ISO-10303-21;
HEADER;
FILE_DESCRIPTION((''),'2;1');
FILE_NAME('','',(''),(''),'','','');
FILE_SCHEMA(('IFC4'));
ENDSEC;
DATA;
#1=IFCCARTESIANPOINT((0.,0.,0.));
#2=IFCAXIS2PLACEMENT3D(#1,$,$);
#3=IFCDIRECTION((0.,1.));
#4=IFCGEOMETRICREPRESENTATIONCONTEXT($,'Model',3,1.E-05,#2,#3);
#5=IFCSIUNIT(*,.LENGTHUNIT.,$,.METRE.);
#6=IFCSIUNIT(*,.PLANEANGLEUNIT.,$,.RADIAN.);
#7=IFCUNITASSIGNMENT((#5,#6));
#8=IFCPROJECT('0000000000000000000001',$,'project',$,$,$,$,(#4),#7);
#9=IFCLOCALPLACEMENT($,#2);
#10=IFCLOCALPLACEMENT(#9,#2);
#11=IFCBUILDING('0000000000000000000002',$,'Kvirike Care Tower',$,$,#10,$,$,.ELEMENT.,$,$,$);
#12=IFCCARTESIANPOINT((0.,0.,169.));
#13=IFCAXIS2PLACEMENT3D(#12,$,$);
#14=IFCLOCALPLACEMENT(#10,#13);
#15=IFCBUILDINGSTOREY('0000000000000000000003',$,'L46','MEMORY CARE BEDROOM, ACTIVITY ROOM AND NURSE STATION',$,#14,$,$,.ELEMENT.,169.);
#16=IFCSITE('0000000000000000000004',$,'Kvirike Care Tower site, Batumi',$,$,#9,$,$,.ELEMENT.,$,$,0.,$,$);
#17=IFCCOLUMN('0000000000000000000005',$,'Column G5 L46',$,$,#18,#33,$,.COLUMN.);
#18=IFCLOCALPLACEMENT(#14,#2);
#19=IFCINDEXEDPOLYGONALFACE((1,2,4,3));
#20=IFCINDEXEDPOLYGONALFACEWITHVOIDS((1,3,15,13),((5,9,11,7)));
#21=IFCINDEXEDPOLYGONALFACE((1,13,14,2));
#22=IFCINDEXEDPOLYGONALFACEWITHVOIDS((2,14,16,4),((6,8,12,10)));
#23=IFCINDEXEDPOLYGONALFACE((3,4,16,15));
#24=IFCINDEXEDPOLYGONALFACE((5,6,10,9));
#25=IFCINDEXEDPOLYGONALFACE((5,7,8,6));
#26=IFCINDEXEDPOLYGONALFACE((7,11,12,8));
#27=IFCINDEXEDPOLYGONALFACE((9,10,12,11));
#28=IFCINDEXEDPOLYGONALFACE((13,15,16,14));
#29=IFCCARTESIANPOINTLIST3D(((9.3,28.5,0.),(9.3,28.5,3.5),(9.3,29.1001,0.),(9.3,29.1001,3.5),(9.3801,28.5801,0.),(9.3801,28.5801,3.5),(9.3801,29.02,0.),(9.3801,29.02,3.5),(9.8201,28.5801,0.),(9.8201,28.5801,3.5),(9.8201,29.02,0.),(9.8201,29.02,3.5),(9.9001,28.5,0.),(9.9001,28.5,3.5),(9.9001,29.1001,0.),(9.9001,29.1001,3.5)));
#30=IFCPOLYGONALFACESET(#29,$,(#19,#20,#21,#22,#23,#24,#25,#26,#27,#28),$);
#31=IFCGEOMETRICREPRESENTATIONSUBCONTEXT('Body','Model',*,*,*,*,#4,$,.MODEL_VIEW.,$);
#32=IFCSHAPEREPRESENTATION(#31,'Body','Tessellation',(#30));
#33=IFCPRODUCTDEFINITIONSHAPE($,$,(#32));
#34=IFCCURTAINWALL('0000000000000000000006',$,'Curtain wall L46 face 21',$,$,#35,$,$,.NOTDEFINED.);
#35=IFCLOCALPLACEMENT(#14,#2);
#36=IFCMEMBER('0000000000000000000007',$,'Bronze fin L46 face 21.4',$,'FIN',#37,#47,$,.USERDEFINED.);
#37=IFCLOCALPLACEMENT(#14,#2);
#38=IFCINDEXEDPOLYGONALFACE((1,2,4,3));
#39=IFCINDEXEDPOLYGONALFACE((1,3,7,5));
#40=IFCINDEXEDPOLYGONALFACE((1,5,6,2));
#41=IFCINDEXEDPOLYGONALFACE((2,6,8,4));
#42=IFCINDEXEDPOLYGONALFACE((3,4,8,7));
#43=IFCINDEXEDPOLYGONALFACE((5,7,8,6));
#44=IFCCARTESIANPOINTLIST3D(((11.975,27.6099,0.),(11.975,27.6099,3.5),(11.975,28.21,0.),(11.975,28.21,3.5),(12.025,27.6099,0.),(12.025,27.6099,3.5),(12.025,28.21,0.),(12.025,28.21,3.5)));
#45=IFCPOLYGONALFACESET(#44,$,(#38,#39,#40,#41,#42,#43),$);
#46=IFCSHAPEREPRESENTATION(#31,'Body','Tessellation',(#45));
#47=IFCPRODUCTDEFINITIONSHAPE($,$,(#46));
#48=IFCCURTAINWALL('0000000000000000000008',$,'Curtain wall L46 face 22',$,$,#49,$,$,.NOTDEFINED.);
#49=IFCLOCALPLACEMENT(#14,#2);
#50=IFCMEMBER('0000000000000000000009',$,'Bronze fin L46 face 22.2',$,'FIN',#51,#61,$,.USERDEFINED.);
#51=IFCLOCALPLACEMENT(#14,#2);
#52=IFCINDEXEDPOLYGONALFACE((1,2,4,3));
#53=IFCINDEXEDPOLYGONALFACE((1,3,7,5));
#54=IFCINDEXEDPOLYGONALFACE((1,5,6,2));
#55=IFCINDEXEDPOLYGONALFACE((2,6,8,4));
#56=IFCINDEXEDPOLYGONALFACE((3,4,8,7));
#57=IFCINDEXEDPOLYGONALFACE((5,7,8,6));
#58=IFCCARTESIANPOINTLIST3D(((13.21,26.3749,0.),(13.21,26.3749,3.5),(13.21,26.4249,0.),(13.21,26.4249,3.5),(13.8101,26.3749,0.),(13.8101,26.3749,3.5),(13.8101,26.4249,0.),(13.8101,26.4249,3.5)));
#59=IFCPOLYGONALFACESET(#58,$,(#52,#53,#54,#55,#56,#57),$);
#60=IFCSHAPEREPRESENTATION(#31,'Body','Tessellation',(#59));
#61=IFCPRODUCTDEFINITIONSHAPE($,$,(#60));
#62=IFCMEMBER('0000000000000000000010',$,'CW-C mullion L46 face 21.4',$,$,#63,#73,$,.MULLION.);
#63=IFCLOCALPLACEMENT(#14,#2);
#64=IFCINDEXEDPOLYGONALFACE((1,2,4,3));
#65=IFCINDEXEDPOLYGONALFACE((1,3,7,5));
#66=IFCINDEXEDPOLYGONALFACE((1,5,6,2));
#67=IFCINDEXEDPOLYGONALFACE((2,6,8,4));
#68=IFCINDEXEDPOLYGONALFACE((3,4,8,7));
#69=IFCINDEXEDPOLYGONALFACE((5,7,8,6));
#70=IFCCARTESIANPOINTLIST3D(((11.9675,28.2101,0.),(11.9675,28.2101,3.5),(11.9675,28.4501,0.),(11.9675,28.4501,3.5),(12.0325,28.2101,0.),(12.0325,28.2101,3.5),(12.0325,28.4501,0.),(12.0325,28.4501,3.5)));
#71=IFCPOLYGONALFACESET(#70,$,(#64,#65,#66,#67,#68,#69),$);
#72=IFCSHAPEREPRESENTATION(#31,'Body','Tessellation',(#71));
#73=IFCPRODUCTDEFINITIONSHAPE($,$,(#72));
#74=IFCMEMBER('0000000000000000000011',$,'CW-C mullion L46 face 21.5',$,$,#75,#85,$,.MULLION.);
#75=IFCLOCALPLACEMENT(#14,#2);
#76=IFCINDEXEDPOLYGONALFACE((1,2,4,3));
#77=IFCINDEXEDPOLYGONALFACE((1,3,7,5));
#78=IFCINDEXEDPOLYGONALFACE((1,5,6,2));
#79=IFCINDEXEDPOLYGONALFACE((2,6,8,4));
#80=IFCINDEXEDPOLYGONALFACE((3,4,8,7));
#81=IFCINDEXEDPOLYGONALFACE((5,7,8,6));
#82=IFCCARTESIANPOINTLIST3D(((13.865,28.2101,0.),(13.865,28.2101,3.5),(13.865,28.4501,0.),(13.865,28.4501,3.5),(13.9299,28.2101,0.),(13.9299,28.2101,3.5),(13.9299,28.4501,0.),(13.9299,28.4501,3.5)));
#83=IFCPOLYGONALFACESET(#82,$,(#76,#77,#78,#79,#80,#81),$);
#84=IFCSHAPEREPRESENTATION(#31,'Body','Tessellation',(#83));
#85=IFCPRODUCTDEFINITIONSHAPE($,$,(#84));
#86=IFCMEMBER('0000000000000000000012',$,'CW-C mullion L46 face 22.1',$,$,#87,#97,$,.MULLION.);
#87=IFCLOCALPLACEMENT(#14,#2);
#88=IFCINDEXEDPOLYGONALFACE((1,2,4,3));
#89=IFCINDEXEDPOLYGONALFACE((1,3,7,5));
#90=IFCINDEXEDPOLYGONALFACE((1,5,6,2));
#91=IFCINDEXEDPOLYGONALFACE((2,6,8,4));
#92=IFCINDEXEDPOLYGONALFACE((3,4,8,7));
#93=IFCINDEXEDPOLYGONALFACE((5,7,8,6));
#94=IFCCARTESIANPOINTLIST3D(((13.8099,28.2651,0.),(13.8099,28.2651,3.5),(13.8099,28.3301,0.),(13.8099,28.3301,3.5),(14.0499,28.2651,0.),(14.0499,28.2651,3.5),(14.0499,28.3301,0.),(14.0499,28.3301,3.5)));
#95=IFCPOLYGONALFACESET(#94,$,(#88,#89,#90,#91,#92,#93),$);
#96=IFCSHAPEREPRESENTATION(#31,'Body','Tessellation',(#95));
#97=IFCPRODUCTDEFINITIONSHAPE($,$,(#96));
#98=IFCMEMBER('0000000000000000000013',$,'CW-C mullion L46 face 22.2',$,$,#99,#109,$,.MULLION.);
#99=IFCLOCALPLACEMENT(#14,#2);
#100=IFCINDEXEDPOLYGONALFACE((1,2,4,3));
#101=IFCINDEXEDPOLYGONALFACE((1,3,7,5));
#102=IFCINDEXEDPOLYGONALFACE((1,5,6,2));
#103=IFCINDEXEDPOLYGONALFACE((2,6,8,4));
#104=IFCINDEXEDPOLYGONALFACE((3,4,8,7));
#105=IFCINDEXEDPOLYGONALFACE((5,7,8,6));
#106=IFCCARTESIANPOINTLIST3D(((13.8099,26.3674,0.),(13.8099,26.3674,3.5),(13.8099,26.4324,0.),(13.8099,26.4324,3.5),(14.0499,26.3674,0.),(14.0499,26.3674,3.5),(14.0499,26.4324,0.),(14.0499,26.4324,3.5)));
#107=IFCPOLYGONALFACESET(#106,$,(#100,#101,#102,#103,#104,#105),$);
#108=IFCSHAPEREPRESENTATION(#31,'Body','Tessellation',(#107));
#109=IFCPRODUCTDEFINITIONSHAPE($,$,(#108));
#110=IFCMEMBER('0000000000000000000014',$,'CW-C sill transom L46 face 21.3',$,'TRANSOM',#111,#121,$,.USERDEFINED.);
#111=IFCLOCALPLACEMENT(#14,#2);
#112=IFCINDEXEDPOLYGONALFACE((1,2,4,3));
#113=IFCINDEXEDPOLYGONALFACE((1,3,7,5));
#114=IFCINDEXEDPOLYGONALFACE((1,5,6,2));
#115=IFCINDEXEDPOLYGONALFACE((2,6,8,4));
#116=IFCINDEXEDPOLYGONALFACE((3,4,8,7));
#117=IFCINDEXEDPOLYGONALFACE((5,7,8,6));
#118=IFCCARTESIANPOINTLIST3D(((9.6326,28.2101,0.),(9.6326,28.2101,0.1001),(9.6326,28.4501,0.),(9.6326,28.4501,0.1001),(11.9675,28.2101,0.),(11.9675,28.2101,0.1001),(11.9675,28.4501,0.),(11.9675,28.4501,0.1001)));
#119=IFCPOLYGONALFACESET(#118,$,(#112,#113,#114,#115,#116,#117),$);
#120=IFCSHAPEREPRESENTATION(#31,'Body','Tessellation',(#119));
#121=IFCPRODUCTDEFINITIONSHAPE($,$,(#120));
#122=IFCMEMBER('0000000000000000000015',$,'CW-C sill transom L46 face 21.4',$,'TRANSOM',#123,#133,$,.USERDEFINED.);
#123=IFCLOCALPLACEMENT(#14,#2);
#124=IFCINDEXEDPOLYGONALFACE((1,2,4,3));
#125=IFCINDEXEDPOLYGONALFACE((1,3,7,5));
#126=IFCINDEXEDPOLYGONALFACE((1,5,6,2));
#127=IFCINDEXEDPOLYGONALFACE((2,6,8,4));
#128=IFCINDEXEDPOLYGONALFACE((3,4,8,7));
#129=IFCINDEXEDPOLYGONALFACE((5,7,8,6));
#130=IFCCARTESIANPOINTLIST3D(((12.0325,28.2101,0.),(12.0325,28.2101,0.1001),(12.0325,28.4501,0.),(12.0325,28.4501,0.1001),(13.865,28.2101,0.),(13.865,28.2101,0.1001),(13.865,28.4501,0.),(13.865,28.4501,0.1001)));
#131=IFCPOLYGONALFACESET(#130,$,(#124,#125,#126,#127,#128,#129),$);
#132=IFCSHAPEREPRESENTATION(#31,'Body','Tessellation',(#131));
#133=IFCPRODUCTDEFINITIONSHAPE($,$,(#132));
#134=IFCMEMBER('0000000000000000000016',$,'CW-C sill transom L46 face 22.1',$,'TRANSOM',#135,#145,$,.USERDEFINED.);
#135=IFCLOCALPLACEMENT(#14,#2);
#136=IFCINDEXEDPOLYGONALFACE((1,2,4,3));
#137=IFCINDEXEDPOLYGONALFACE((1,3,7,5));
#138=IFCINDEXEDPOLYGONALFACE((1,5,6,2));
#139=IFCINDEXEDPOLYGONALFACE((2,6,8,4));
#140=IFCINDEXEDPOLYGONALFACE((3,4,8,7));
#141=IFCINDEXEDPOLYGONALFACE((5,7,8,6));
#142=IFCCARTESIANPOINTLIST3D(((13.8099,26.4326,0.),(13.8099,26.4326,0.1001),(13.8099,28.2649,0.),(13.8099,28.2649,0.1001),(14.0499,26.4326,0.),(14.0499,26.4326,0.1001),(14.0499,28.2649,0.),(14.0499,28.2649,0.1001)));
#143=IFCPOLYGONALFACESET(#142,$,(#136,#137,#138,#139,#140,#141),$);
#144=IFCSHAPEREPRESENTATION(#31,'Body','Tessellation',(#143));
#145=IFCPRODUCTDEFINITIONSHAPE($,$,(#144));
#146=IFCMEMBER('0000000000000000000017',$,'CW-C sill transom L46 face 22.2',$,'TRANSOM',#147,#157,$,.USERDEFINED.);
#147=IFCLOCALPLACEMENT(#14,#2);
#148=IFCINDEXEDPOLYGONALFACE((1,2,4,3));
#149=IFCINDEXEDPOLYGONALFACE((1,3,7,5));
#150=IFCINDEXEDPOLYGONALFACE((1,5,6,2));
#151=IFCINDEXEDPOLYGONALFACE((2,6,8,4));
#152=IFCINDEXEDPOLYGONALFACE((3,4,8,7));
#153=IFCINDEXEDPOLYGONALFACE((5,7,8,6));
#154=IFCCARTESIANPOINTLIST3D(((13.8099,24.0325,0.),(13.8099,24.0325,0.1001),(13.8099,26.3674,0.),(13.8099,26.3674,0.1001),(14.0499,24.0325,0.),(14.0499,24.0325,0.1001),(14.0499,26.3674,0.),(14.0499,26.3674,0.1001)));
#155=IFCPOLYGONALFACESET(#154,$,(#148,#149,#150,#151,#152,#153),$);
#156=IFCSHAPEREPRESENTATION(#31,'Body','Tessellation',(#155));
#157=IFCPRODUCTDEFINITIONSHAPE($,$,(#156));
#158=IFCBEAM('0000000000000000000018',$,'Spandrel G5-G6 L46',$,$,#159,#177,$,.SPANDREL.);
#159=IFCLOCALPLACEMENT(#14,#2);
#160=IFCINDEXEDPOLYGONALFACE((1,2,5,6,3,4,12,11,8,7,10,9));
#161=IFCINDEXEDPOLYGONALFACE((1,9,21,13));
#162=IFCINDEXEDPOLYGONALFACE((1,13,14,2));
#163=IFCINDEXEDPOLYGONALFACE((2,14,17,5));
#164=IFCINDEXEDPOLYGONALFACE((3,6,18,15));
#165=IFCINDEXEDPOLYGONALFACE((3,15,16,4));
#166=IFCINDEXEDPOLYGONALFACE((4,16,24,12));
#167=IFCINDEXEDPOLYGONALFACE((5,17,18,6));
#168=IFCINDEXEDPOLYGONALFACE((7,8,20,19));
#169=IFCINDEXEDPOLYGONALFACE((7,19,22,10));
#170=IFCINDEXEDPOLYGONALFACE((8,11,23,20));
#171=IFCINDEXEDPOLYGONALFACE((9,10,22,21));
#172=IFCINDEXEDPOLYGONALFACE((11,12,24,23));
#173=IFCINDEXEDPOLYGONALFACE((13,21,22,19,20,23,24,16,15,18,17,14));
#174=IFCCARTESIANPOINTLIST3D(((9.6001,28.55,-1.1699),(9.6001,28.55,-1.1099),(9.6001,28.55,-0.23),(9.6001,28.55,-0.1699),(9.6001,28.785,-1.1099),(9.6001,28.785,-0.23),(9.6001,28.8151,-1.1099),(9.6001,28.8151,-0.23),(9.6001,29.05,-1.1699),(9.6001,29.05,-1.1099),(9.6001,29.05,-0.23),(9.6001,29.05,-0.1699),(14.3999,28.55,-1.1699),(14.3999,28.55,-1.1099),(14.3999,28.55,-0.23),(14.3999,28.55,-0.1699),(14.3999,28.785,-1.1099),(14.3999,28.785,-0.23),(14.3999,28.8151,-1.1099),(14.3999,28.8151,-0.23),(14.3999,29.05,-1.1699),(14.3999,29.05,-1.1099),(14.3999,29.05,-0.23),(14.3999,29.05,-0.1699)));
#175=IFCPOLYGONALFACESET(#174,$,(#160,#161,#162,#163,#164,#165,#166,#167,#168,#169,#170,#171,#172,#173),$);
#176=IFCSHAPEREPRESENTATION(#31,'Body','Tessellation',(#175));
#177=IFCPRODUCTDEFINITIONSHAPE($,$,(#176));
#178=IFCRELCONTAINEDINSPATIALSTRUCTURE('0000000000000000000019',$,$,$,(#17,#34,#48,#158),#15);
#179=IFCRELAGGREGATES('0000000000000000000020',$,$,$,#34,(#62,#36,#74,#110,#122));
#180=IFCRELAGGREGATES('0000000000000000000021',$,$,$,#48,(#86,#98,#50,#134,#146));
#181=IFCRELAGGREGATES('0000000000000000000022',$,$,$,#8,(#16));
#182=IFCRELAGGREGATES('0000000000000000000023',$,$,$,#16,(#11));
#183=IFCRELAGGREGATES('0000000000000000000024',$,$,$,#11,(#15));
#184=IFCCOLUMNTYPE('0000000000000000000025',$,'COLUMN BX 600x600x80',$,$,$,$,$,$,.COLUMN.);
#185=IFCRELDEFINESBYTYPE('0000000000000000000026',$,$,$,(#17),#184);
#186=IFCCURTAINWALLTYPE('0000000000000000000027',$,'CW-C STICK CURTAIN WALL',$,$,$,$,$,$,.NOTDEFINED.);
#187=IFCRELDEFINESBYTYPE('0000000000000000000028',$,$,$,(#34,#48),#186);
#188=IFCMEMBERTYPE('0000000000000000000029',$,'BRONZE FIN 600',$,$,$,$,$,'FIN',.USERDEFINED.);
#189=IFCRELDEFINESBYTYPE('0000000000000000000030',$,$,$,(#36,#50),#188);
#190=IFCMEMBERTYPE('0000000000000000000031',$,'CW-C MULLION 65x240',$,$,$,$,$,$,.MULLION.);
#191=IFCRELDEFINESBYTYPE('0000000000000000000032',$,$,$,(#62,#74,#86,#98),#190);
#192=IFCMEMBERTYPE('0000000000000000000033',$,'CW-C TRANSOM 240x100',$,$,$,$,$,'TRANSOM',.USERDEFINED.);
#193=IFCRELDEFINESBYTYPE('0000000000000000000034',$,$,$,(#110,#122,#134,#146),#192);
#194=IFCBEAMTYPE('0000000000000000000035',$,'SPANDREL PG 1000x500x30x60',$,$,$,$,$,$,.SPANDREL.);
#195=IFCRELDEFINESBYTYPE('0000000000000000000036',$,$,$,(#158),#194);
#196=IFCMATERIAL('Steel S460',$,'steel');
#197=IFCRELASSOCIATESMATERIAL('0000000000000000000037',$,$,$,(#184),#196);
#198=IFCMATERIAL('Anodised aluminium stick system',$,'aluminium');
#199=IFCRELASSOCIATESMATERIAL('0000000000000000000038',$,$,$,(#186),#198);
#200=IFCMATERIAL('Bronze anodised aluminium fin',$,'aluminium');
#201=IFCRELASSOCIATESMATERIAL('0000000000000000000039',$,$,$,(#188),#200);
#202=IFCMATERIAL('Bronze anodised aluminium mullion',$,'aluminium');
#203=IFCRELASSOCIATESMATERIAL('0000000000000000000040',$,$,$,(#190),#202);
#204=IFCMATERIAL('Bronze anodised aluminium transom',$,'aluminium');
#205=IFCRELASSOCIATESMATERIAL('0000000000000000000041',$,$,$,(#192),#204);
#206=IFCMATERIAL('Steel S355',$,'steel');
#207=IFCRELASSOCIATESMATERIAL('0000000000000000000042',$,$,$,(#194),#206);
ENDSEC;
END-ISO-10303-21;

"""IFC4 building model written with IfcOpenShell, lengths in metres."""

from ifc_helpers import new_model, si_unit, direction, frame, origin, origin_2d, place, context, subcontext, project, spatial, rectangle, hollow_rectangle, i_section, extrude, material, material_profile, profile_set, type_object, element, aggregate, save


model = new_model("IFC4")

# Units and contexts
model_context = context("Model", 3, precision=1e-05, world=origin(), true_north=direction((0.0, 1.0)))
body_context = subcontext(model_context, "Body", "Model", "MODEL_VIEW")
ifc_project = project(units=[si_unit("LENGTHUNIT", "METRE"), si_unit("PLANEANGLEUNIT", "RADIAN")], contexts=[model_context])

# Site, building, storey
site_placement = place(None, origin())
site = spatial("IfcSite", under=ifc_project, at=site_placement, Name="Kvirike Care Tower site, Batumi", CompositionType="ELEMENT", RefElevation=0.0)
building_placement = place(site_placement, origin())
building = spatial("IfcBuilding", under=site, at=building_placement, Name="Kvirike Care Tower", CompositionType="ELEMENT")
storey_placement = place(building_placement, frame((0.0, 0.0, 169.0)))
storey = spatial("IfcBuildingStorey", under=building, at=storey_placement, Name="L46", Description="MEMORY CARE BEDROOM, ACTIVITY ROOM AND NURSE STATION", CompositionType="ELEMENT", Elevation=169.0)

# Column
ifc_material_1 = material(Name="Steel S460", Category="steel")
ifc_material_profile_1 = material_profile(ifc_material_1, hollow_rectangle(XDim=0.6001, YDim=0.6001, WallThickness=0.0801, at=origin_2d()), Name="BX 600x600x80")
ifc_profile_set_1 = profile_set([ifc_material_profile_1], Name="Steel S460")
column_type = type_object("IfcColumnType", Name="COLUMN BX 600x600x80", PredefinedType="COLUMN", material=ifc_profile_set_1)
column_placement = place(storey_placement, frame((9.6001, 28.8, 0.0), z_axis=(0.0, 0.0, 1.0), x_axis=(0.0, 1.0, 0.0)))
element("IfcColumn", 1, at=column_placement, inside=storey, type_object=column_type, Name="Column G5 L46", PredefinedType="COLUMN", context=body_context, shape_type="SweptSolid", body=[
    extrude(hollow_rectangle(XDim=0.6001, YDim=0.6001, WallThickness=0.0801, at=origin_2d()), origin(), (0.0, 0.0, 1.0), 3.5),
])

# Curtain walls, members
ifc_material_2 = material(Name="Anodised aluminium stick system", Category="aluminium")
curtain_wall_type = type_object("IfcCurtainWallType", Name="CW-C STICK CURTAIN WALL", PredefinedType="NOTDEFINED", material=ifc_material_2)
curtain_wall_1_placement = place(storey_placement, origin())
curtain_wall_1 = element("IfcCurtainWall", 2, at=curtain_wall_1_placement, inside=storey, type_object=curtain_wall_type, Name="Curtain wall L46 face 21", PredefinedType="NOTDEFINED")
ifc_material_3 = material(Name="Bronze anodised aluminium fin", Category="aluminium")
ifc_material_profile_2 = material_profile(ifc_material_3, rectangle(XDim=0.05, YDim=0.6001, at=origin_2d()), Name="BRONZE FIN 600")
ifc_profile_set_2 = profile_set([ifc_material_profile_2], Name="Bronze anodised aluminium fin")
member_type_1 = type_object("IfcMemberType", Name="BRONZE FIN 600", ElementType="FIN", PredefinedType="USERDEFINED", material=ifc_profile_set_2)
member_1_placement = place(storey_placement, frame((12.0, 27.9099, 0.0), z_axis=(0.0, 0.0, 1.0), x_axis=(1.0, 0.0, 0.0)))
member_1 = element("IfcMember", 3, at=member_1_placement, type_object=member_type_1, Name="Bronze fin L46 face 21.4", ObjectType="FIN", PredefinedType="USERDEFINED", context=body_context, shape_type="SweptSolid", body=[
    extrude(rectangle(XDim=0.05, YDim=0.6001, at=origin_2d()), origin(), (0.0, 0.0, 1.0), 3.5),
])
curtain_wall_2_placement = place(storey_placement, origin())
curtain_wall_2 = element("IfcCurtainWall", 4, at=curtain_wall_2_placement, inside=storey, type_object=curtain_wall_type, Name="Curtain wall L46 face 22", PredefinedType="NOTDEFINED")
member_2_placement = place(storey_placement, frame((13.51, 26.3999, 0.0), z_axis=(0.0, 0.0, 1.0), x_axis=(0.0, -1.0, 0.0)))
member_2 = element("IfcMember", 5, at=member_2_placement, type_object=member_type_1, Name="Bronze fin L46 face 22.2", ObjectType="FIN", PredefinedType="USERDEFINED", context=body_context, shape_type="SweptSolid", body=[
    extrude(rectangle(XDim=0.05, YDim=0.6001, at=origin_2d()), origin(), (0.0, 0.0, 1.0), 3.5),
])

# Members
ifc_material_4 = material(Name="Bronze anodised aluminium mullion", Category="aluminium")
ifc_material_profile_3 = material_profile(ifc_material_4, rectangle(XDim=0.0649, YDim=0.24, at=origin_2d()), Name="CW-C MULLION 65x240")
ifc_profile_set_3 = profile_set([ifc_material_profile_3], Name="Bronze anodised aluminium mullion")
member_type_2 = type_object("IfcMemberType", Name="CW-C MULLION 65x240", PredefinedType="MULLION", material=ifc_profile_set_3)
member_3_placement = place(storey_placement, frame((12.0, 28.3301, 0.0), z_axis=(0.0, 0.0, 1.0), x_axis=(1.0, 0.0, 0.0)))
member_3 = element("IfcMember", 6, at=member_3_placement, type_object=member_type_2, Name="CW-C mullion L46 face 21.4", PredefinedType="MULLION", context=body_context, shape_type="SweptSolid", body=[
    extrude(rectangle(XDim=0.0649, YDim=0.24, at=origin_2d()), origin(), (0.0, 0.0, 1.0), 3.5),
])
member_4_placement = place(storey_placement, frame((13.8975, 28.3301, 0.0), z_axis=(0.0, 0.0, 1.0), x_axis=(1.0, 0.0, 0.0)))
member_4 = element("IfcMember", 7, at=member_4_placement, type_object=member_type_2, Name="CW-C mullion L46 face 21.5", PredefinedType="MULLION", context=body_context, shape_type="SweptSolid", body=[
    extrude(rectangle(XDim=0.0649, YDim=0.24, at=origin_2d()), origin(), (0.0, 0.0, 1.0), 3.5),
])
member_5_placement = place(storey_placement, frame((13.9299, 28.2976, 0.0), z_axis=(0.0, 0.0, 1.0), x_axis=(0.0, -1.0, 0.0)))
member_5 = element("IfcMember", 8, at=member_5_placement, type_object=member_type_2, Name="CW-C mullion L46 face 22.1", PredefinedType="MULLION", context=body_context, shape_type="SweptSolid", body=[
    extrude(rectangle(XDim=0.0649, YDim=0.24, at=origin_2d()), origin(), (0.0, 0.0, 1.0), 3.5),
])
member_6_placement = place(storey_placement, frame((13.9299, 26.3999, 0.0), z_axis=(0.0, 0.0, 1.0), x_axis=(0.0, -1.0, 0.0)))
member_6 = element("IfcMember", 9, at=member_6_placement, type_object=member_type_2, Name="CW-C mullion L46 face 22.2", PredefinedType="MULLION", context=body_context, shape_type="SweptSolid", body=[
    extrude(rectangle(XDim=0.0649, YDim=0.24, at=origin_2d()), origin(), (0.0, 0.0, 1.0), 3.5),
])
ifc_material_5 = material(Name="Bronze anodised aluminium transom", Category="aluminium")
ifc_material_profile_4 = material_profile(ifc_material_5, rectangle(XDim=0.24, YDim=0.1001, at=origin_2d()), Name="CW-C TRANSOM 240x100")
ifc_profile_set_4 = profile_set([ifc_material_profile_4], Name="Bronze anodised aluminium transom")
member_type_3 = type_object("IfcMemberType", Name="CW-C TRANSOM 240x100", ElementType="TRANSOM", PredefinedType="USERDEFINED", material=ifc_profile_set_4)
member_7_placement = place(storey_placement, frame((9.6326, 28.3301, 0.05), z_axis=(1.0, 0.0, 0.0), x_axis=(0.0, 1.0, 0.0)))
member_7 = element("IfcMember", 10, at=member_7_placement, type_object=member_type_3, Name="CW-C sill transom L46 face 21.3", ObjectType="TRANSOM", PredefinedType="USERDEFINED", context=body_context, shape_type="SweptSolid", body=[
    extrude(rectangle(XDim=0.24, YDim=0.1001, at=origin_2d()), origin(), (0.0, 0.0, 1.0), 2.335),
])
member_8_placement = place(storey_placement, frame((12.0325, 28.3301, 0.05), z_axis=(1.0, 0.0, 0.0), x_axis=(0.0, 1.0, 0.0)))
member_8 = element("IfcMember", 11, at=member_8_placement, type_object=member_type_3, Name="CW-C sill transom L46 face 21.4", ObjectType="TRANSOM", PredefinedType="USERDEFINED", context=body_context, shape_type="SweptSolid", body=[
    extrude(rectangle(XDim=0.24, YDim=0.1001, at=origin_2d()), origin(), (0.0, 0.0, 1.0), 1.8325),
])
member_9_placement = place(storey_placement, frame((13.9299, 28.2649, 0.05), z_axis=(0.0, -1.0, 0.0), x_axis=(1.0, 0.0, 0.0)))
member_9 = element("IfcMember", 12, at=member_9_placement, type_object=member_type_3, Name="CW-C sill transom L46 face 22.1", ObjectType="TRANSOM", PredefinedType="USERDEFINED", context=body_context, shape_type="SweptSolid", body=[
    extrude(rectangle(XDim=0.24, YDim=0.1001, at=origin_2d()), origin(), (0.0, 0.0, 1.0), 1.8323),
])
member_10_placement = place(storey_placement, frame((13.9299, 26.3674, 0.05), z_axis=(0.0, -1.0, 0.0), x_axis=(1.0, 0.0, 0.0)))
member_10 = element("IfcMember", 13, at=member_10_placement, type_object=member_type_3, Name="CW-C sill transom L46 face 22.2", ObjectType="TRANSOM", PredefinedType="USERDEFINED", context=body_context, shape_type="SweptSolid", body=[
    extrude(rectangle(XDim=0.24, YDim=0.1001, at=origin_2d()), origin(), (0.0, 0.0, 1.0), 2.335),
])

# Beam
ifc_material_6 = material(Name="Steel S355", Category="steel")
ifc_material_profile_5 = material_profile(ifc_material_6, i_section(OverallWidth=0.5, OverallDepth=1.0, WebThickness=0.03, FlangeThickness=0.0601, at=origin_2d()), Name="PG 1000x500x30x60")
ifc_profile_set_5 = profile_set([ifc_material_profile_5], Name="Steel S355")
beam_type_1 = type_object("IfcBeamType", Name="SPANDREL PG 1000x500x30x60", PredefinedType="SPANDREL", material=ifc_profile_set_5)
beam_1_placement = place(storey_placement, frame((9.6001, 28.8, -0.6699), z_axis=(1.0, 0.0, 0.0), x_axis=(0.0, 1.0, 0.0)))
element("IfcBeam", 14, at=beam_1_placement, inside=storey, type_object=beam_type_1, Name="Spandrel G5-G6 L46", PredefinedType="SPANDREL", context=body_context, shape_type="SweptSolid", body=[
    extrude(i_section(OverallWidth=0.5, OverallDepth=1.0, WebThickness=0.03, FlangeThickness=0.0601, at=origin_2d()), origin(), (0.0, 0.0, 1.0), 4.7998),
])

aggregate(curtain_wall_1, [member_3, member_1, member_4, member_7, member_8])
aggregate(curtain_wall_2, [member_5, member_6, member_2, member_9, member_10])

save(model, "model.ifc")
